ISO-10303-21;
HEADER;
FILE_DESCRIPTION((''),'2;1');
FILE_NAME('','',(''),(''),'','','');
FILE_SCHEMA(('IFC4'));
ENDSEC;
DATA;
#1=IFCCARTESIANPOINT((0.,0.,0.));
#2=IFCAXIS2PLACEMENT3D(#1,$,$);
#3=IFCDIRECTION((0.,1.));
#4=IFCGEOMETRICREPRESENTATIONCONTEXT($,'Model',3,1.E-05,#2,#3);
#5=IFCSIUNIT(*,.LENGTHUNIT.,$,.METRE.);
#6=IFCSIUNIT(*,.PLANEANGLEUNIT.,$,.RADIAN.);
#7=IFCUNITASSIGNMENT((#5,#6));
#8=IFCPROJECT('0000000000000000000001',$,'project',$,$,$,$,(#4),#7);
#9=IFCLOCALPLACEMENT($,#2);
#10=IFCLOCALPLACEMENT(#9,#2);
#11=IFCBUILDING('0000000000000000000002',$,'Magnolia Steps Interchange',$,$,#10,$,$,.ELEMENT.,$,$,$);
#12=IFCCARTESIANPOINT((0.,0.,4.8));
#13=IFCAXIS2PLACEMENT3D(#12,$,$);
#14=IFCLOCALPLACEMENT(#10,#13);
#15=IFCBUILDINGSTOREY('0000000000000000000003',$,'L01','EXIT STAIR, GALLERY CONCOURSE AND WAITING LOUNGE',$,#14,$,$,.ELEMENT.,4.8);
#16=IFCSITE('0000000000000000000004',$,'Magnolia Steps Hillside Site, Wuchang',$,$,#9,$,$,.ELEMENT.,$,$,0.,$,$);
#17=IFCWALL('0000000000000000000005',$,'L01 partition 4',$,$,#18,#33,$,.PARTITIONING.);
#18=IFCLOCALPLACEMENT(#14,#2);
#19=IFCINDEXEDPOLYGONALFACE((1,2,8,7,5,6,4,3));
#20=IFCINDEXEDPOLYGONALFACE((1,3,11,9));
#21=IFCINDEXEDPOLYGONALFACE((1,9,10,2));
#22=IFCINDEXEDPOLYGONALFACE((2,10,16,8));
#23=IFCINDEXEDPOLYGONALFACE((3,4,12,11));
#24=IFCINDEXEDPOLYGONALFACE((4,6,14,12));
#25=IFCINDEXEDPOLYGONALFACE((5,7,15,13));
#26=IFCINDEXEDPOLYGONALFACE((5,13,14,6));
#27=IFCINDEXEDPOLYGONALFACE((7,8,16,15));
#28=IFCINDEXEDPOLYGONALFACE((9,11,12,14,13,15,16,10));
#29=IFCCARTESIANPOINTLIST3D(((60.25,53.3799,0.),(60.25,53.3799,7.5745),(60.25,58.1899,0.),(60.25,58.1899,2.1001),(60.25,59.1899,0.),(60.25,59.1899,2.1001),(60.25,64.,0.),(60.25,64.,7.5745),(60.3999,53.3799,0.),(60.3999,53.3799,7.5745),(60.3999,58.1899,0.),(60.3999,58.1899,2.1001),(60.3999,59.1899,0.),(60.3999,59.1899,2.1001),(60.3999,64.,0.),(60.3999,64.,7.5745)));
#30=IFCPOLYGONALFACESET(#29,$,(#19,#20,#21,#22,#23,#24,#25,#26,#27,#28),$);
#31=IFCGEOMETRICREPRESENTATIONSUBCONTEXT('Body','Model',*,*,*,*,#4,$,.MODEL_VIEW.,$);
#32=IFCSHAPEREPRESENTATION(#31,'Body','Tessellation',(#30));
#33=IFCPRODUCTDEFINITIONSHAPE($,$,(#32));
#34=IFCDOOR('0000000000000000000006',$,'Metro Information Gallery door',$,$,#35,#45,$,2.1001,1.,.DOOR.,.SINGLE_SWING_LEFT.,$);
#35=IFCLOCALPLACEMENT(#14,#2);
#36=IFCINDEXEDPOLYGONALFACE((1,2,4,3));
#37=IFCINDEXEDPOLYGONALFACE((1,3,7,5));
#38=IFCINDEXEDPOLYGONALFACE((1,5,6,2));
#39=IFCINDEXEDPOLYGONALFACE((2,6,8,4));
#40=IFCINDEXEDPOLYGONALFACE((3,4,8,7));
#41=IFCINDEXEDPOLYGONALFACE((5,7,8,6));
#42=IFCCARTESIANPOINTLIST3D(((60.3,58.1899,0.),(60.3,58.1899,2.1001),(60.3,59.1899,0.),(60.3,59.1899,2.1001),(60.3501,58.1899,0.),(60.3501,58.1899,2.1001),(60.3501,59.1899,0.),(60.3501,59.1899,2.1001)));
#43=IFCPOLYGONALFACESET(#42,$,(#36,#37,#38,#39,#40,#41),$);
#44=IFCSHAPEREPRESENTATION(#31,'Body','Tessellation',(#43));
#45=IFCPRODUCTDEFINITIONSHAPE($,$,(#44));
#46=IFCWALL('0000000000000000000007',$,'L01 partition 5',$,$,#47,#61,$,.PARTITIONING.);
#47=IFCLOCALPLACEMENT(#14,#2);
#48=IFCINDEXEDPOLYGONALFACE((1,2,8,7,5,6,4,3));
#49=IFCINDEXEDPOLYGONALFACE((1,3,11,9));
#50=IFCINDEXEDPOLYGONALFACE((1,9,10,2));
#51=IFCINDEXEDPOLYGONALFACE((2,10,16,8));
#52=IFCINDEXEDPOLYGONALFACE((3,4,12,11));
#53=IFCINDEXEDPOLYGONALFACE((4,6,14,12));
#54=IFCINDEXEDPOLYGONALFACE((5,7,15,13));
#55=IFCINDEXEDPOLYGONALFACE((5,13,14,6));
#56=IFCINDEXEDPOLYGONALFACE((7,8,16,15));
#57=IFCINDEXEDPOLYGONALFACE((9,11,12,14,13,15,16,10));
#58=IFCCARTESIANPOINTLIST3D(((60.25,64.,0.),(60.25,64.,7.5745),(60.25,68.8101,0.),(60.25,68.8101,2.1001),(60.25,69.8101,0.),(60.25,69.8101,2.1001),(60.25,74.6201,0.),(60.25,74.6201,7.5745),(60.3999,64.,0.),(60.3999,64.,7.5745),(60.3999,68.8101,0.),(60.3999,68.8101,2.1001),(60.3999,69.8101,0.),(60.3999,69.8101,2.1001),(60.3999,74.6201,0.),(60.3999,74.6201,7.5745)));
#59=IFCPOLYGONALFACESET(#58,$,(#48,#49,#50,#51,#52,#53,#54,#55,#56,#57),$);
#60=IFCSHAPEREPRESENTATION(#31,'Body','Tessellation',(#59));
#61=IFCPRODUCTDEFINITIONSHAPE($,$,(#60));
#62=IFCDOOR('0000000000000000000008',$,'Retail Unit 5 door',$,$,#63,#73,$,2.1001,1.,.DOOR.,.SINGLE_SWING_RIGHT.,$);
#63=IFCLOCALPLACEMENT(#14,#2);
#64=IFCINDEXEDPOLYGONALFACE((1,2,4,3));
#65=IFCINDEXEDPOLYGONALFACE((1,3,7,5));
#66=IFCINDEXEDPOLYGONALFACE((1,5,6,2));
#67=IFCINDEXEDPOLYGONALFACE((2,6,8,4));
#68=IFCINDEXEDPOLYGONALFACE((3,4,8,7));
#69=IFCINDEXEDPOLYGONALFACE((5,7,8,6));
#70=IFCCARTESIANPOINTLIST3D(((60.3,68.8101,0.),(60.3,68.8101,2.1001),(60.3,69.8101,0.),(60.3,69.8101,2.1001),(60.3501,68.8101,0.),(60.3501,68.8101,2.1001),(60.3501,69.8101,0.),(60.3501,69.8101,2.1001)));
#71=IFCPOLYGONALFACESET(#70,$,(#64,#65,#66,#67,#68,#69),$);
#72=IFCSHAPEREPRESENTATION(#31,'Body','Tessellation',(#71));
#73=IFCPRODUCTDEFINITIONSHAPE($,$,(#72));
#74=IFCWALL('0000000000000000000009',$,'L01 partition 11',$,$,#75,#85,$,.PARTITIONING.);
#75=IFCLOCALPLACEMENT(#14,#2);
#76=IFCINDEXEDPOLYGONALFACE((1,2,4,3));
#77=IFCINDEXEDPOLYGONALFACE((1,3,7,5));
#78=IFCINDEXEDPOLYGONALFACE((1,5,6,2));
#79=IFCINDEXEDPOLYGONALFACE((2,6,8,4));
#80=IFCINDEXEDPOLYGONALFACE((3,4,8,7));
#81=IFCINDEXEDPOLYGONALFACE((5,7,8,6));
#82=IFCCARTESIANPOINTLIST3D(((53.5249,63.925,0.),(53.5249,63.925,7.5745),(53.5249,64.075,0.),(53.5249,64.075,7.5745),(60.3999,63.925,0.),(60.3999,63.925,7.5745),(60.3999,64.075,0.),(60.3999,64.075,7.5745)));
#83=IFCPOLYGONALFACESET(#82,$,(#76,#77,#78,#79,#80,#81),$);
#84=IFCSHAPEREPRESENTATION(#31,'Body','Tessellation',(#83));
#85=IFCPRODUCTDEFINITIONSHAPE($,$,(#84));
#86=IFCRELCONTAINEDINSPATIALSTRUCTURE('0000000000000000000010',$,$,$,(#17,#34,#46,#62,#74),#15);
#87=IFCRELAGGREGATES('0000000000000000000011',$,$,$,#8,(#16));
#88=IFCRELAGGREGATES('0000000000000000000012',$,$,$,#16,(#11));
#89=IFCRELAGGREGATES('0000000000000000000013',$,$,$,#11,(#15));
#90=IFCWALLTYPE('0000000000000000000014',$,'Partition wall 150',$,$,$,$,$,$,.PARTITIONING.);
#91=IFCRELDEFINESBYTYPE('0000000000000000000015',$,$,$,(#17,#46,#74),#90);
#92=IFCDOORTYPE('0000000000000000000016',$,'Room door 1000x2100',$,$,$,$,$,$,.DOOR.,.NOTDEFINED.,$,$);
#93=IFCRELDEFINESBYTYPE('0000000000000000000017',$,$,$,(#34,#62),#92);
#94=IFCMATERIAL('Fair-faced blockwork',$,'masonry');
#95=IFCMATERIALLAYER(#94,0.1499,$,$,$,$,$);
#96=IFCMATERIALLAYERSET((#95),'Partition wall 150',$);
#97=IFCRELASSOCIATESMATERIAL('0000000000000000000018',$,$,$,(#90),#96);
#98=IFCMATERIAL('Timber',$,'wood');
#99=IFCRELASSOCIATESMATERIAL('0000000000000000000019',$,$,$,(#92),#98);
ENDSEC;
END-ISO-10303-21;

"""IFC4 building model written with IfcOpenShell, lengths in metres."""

from ifc_helpers import new_model, si_unit, direction, frame, frame_2d, origin, place, context, subcontext, project, spatial, rectangle, extrude, material, layer, layer_set, type_object, element, fill, save


model = new_model("IFC4")

# Units and contexts
model_context = context("Model", 3, precision=1e-05, world=origin(), true_north=direction((0.0, 1.0)))
body_context = subcontext(model_context, "Body", "Model", "MODEL_VIEW")
ifc_project = project(units=[si_unit("LENGTHUNIT", "METRE"), si_unit("PLANEANGLEUNIT", "RADIAN")], contexts=[model_context])

# Site, building, storey
site_placement = place(None, origin())
site = spatial("IfcSite", under=ifc_project, at=site_placement, Name="Magnolia Steps Hillside Site, Wuchang", CompositionType="ELEMENT", RefElevation=0.0)
building_placement = place(site_placement, origin())
building = spatial("IfcBuilding", under=site, at=building_placement, Name="Magnolia Steps Interchange", CompositionType="ELEMENT")
storey_placement = place(building_placement, frame((0.0, 0.0, 4.8)))
storey = spatial("IfcBuildingStorey", under=building, at=storey_placement, Name="L01", Description="EXIT STAIR, GALLERY CONCOURSE AND WAITING LOUNGE", CompositionType="ELEMENT", Elevation=4.8)

# Walls, openings, doors
ifc_material_1 = material(Name="Fair-faced blockwork", Category="masonry")
ifc_layer_1 = layer(ifc_material_1, 0.1499)
ifc_layer_set_1 = layer_set([ifc_layer_1], Name="Partition wall 150")
wall_type_1 = type_object("IfcWallType", Name="Partition wall 150", PredefinedType="PARTITIONING", material=ifc_layer_set_1)
wall_1_placement = place(storey_placement, frame((60.325, 53.3799, 0.0), z_axis=(0.0, 0.0, 1.0), x_axis=(0.0, 1.0, 0.0)))
wall_1 = element("IfcWall", 1, at=wall_1_placement, inside=storey, type_object=wall_type_1, Name="L01 partition 4", PredefinedType="PARTITIONING", context=body_context, shape_type="SweptSolid", body=[
    extrude(rectangle(XDim=10.6201, YDim=0.1499, at=frame_2d((5.3101, 0.0))), origin(), (0.0, 0.0, 1.0), 7.5745),
])
opening_1_placement = place(wall_1_placement, frame((4.8101, 0.0, 0.0)))
opening_1 = element("IfcOpeningElement", 2, at=opening_1_placement, cuts=wall_1, PredefinedType="OPENING", context=body_context, shape_type="SweptSolid", body=[
    extrude(rectangle(XDim=1.0, YDim=2.1001, at=frame_2d((0.5, 1.05))), frame((0.0, 0.085, 0.0), z_axis=(0.0, -1.0, 0.0), x_axis=(1.0, 0.0, 0.0)), (0.0, 0.0, 1.0), 0.1699),
])
ifc_material_2 = material(Name="Timber", Category="wood")
door_type_1 = type_object("IfcDoorType", Name="Room door 1000x2100", OperationType="NOTDEFINED", PredefinedType="DOOR", material=ifc_material_2)
door_1_placement = place(opening_1_placement, origin())
door_1 = element("IfcDoor", 3, at=door_1_placement, inside=storey, type_object=door_type_1, Name="Metro Information Gallery door", OperationType="SINGLE_SWING_LEFT", OverallHeight=2.1001, OverallWidth=1.0, PredefinedType="DOOR", context=body_context, shape_type="SweptSolid", body=[
    extrude(rectangle(XDim=1.0, YDim=2.1001, at=frame_2d((0.5, 1.05))), frame((0.0, 0.0249, 0.0), z_axis=(0.0, -1.0, 0.0), x_axis=(1.0, 0.0, 0.0)), (0.0, 0.0, 1.0), 0.05),
])
fill(opening_1, door_1)
wall_2_placement = place(storey_placement, frame((60.325, 64.0, 0.0), z_axis=(0.0, 0.0, 1.0), x_axis=(0.0, 1.0, 0.0)))
wall_2 = element("IfcWall", 4, at=wall_2_placement, inside=storey, type_object=wall_type_1, Name="L01 partition 5", PredefinedType="PARTITIONING", context=body_context, shape_type="SweptSolid", body=[
    extrude(rectangle(XDim=10.6201, YDim=0.1499, at=frame_2d((5.3101, 0.0))), origin(), (0.0, 0.0, 1.0), 7.5745),
])
opening_2_placement = place(wall_2_placement, frame((4.8101, 0.0, 0.0)))
opening_2 = element("IfcOpeningElement", 5, at=opening_2_placement, cuts=wall_2, PredefinedType="OPENING", context=body_context, shape_type="SweptSolid", body=[
    extrude(rectangle(XDim=1.0, YDim=2.1001, at=frame_2d((0.5, 1.05))), frame((0.0, 0.085, 0.0), z_axis=(0.0, -1.0, 0.0), x_axis=(1.0, 0.0, 0.0)), (0.0, 0.0, 1.0), 0.1699),
])
door_2_placement = place(opening_2_placement, origin())
door_2 = element("IfcDoor", 6, at=door_2_placement, inside=storey, type_object=door_type_1, Name="Retail Unit 5 door", OperationType="SINGLE_SWING_RIGHT", OverallHeight=2.1001, OverallWidth=1.0, PredefinedType="DOOR", context=body_context, shape_type="SweptSolid", body=[
    extrude(rectangle(XDim=1.0, YDim=2.1001, at=frame_2d((0.5, 1.05))), frame((0.0, 0.0249, 0.0), z_axis=(0.0, -1.0, 0.0), x_axis=(1.0, 0.0, 0.0)), (0.0, 0.0, 1.0), 0.05),
])
fill(opening_2, door_2)

# Wall
wall_3_placement = place(storey_placement, frame((53.5249, 64.0, 0.0), z_axis=(0.0, 0.0, 1.0), x_axis=(1.0, 0.0, 0.0)))
element("IfcWall", 7, at=wall_3_placement, inside=storey, type_object=wall_type_1, Name="L01 partition 11", PredefinedType="PARTITIONING", context=body_context, shape_type="SweptSolid", body=[
    extrude(rectangle(XDim=6.875, YDim=0.1499, at=frame_2d((3.4375, 0.0))), origin(), (0.0, 0.0, 1.0), 7.5745),
])

save(model, "model.ifc")
